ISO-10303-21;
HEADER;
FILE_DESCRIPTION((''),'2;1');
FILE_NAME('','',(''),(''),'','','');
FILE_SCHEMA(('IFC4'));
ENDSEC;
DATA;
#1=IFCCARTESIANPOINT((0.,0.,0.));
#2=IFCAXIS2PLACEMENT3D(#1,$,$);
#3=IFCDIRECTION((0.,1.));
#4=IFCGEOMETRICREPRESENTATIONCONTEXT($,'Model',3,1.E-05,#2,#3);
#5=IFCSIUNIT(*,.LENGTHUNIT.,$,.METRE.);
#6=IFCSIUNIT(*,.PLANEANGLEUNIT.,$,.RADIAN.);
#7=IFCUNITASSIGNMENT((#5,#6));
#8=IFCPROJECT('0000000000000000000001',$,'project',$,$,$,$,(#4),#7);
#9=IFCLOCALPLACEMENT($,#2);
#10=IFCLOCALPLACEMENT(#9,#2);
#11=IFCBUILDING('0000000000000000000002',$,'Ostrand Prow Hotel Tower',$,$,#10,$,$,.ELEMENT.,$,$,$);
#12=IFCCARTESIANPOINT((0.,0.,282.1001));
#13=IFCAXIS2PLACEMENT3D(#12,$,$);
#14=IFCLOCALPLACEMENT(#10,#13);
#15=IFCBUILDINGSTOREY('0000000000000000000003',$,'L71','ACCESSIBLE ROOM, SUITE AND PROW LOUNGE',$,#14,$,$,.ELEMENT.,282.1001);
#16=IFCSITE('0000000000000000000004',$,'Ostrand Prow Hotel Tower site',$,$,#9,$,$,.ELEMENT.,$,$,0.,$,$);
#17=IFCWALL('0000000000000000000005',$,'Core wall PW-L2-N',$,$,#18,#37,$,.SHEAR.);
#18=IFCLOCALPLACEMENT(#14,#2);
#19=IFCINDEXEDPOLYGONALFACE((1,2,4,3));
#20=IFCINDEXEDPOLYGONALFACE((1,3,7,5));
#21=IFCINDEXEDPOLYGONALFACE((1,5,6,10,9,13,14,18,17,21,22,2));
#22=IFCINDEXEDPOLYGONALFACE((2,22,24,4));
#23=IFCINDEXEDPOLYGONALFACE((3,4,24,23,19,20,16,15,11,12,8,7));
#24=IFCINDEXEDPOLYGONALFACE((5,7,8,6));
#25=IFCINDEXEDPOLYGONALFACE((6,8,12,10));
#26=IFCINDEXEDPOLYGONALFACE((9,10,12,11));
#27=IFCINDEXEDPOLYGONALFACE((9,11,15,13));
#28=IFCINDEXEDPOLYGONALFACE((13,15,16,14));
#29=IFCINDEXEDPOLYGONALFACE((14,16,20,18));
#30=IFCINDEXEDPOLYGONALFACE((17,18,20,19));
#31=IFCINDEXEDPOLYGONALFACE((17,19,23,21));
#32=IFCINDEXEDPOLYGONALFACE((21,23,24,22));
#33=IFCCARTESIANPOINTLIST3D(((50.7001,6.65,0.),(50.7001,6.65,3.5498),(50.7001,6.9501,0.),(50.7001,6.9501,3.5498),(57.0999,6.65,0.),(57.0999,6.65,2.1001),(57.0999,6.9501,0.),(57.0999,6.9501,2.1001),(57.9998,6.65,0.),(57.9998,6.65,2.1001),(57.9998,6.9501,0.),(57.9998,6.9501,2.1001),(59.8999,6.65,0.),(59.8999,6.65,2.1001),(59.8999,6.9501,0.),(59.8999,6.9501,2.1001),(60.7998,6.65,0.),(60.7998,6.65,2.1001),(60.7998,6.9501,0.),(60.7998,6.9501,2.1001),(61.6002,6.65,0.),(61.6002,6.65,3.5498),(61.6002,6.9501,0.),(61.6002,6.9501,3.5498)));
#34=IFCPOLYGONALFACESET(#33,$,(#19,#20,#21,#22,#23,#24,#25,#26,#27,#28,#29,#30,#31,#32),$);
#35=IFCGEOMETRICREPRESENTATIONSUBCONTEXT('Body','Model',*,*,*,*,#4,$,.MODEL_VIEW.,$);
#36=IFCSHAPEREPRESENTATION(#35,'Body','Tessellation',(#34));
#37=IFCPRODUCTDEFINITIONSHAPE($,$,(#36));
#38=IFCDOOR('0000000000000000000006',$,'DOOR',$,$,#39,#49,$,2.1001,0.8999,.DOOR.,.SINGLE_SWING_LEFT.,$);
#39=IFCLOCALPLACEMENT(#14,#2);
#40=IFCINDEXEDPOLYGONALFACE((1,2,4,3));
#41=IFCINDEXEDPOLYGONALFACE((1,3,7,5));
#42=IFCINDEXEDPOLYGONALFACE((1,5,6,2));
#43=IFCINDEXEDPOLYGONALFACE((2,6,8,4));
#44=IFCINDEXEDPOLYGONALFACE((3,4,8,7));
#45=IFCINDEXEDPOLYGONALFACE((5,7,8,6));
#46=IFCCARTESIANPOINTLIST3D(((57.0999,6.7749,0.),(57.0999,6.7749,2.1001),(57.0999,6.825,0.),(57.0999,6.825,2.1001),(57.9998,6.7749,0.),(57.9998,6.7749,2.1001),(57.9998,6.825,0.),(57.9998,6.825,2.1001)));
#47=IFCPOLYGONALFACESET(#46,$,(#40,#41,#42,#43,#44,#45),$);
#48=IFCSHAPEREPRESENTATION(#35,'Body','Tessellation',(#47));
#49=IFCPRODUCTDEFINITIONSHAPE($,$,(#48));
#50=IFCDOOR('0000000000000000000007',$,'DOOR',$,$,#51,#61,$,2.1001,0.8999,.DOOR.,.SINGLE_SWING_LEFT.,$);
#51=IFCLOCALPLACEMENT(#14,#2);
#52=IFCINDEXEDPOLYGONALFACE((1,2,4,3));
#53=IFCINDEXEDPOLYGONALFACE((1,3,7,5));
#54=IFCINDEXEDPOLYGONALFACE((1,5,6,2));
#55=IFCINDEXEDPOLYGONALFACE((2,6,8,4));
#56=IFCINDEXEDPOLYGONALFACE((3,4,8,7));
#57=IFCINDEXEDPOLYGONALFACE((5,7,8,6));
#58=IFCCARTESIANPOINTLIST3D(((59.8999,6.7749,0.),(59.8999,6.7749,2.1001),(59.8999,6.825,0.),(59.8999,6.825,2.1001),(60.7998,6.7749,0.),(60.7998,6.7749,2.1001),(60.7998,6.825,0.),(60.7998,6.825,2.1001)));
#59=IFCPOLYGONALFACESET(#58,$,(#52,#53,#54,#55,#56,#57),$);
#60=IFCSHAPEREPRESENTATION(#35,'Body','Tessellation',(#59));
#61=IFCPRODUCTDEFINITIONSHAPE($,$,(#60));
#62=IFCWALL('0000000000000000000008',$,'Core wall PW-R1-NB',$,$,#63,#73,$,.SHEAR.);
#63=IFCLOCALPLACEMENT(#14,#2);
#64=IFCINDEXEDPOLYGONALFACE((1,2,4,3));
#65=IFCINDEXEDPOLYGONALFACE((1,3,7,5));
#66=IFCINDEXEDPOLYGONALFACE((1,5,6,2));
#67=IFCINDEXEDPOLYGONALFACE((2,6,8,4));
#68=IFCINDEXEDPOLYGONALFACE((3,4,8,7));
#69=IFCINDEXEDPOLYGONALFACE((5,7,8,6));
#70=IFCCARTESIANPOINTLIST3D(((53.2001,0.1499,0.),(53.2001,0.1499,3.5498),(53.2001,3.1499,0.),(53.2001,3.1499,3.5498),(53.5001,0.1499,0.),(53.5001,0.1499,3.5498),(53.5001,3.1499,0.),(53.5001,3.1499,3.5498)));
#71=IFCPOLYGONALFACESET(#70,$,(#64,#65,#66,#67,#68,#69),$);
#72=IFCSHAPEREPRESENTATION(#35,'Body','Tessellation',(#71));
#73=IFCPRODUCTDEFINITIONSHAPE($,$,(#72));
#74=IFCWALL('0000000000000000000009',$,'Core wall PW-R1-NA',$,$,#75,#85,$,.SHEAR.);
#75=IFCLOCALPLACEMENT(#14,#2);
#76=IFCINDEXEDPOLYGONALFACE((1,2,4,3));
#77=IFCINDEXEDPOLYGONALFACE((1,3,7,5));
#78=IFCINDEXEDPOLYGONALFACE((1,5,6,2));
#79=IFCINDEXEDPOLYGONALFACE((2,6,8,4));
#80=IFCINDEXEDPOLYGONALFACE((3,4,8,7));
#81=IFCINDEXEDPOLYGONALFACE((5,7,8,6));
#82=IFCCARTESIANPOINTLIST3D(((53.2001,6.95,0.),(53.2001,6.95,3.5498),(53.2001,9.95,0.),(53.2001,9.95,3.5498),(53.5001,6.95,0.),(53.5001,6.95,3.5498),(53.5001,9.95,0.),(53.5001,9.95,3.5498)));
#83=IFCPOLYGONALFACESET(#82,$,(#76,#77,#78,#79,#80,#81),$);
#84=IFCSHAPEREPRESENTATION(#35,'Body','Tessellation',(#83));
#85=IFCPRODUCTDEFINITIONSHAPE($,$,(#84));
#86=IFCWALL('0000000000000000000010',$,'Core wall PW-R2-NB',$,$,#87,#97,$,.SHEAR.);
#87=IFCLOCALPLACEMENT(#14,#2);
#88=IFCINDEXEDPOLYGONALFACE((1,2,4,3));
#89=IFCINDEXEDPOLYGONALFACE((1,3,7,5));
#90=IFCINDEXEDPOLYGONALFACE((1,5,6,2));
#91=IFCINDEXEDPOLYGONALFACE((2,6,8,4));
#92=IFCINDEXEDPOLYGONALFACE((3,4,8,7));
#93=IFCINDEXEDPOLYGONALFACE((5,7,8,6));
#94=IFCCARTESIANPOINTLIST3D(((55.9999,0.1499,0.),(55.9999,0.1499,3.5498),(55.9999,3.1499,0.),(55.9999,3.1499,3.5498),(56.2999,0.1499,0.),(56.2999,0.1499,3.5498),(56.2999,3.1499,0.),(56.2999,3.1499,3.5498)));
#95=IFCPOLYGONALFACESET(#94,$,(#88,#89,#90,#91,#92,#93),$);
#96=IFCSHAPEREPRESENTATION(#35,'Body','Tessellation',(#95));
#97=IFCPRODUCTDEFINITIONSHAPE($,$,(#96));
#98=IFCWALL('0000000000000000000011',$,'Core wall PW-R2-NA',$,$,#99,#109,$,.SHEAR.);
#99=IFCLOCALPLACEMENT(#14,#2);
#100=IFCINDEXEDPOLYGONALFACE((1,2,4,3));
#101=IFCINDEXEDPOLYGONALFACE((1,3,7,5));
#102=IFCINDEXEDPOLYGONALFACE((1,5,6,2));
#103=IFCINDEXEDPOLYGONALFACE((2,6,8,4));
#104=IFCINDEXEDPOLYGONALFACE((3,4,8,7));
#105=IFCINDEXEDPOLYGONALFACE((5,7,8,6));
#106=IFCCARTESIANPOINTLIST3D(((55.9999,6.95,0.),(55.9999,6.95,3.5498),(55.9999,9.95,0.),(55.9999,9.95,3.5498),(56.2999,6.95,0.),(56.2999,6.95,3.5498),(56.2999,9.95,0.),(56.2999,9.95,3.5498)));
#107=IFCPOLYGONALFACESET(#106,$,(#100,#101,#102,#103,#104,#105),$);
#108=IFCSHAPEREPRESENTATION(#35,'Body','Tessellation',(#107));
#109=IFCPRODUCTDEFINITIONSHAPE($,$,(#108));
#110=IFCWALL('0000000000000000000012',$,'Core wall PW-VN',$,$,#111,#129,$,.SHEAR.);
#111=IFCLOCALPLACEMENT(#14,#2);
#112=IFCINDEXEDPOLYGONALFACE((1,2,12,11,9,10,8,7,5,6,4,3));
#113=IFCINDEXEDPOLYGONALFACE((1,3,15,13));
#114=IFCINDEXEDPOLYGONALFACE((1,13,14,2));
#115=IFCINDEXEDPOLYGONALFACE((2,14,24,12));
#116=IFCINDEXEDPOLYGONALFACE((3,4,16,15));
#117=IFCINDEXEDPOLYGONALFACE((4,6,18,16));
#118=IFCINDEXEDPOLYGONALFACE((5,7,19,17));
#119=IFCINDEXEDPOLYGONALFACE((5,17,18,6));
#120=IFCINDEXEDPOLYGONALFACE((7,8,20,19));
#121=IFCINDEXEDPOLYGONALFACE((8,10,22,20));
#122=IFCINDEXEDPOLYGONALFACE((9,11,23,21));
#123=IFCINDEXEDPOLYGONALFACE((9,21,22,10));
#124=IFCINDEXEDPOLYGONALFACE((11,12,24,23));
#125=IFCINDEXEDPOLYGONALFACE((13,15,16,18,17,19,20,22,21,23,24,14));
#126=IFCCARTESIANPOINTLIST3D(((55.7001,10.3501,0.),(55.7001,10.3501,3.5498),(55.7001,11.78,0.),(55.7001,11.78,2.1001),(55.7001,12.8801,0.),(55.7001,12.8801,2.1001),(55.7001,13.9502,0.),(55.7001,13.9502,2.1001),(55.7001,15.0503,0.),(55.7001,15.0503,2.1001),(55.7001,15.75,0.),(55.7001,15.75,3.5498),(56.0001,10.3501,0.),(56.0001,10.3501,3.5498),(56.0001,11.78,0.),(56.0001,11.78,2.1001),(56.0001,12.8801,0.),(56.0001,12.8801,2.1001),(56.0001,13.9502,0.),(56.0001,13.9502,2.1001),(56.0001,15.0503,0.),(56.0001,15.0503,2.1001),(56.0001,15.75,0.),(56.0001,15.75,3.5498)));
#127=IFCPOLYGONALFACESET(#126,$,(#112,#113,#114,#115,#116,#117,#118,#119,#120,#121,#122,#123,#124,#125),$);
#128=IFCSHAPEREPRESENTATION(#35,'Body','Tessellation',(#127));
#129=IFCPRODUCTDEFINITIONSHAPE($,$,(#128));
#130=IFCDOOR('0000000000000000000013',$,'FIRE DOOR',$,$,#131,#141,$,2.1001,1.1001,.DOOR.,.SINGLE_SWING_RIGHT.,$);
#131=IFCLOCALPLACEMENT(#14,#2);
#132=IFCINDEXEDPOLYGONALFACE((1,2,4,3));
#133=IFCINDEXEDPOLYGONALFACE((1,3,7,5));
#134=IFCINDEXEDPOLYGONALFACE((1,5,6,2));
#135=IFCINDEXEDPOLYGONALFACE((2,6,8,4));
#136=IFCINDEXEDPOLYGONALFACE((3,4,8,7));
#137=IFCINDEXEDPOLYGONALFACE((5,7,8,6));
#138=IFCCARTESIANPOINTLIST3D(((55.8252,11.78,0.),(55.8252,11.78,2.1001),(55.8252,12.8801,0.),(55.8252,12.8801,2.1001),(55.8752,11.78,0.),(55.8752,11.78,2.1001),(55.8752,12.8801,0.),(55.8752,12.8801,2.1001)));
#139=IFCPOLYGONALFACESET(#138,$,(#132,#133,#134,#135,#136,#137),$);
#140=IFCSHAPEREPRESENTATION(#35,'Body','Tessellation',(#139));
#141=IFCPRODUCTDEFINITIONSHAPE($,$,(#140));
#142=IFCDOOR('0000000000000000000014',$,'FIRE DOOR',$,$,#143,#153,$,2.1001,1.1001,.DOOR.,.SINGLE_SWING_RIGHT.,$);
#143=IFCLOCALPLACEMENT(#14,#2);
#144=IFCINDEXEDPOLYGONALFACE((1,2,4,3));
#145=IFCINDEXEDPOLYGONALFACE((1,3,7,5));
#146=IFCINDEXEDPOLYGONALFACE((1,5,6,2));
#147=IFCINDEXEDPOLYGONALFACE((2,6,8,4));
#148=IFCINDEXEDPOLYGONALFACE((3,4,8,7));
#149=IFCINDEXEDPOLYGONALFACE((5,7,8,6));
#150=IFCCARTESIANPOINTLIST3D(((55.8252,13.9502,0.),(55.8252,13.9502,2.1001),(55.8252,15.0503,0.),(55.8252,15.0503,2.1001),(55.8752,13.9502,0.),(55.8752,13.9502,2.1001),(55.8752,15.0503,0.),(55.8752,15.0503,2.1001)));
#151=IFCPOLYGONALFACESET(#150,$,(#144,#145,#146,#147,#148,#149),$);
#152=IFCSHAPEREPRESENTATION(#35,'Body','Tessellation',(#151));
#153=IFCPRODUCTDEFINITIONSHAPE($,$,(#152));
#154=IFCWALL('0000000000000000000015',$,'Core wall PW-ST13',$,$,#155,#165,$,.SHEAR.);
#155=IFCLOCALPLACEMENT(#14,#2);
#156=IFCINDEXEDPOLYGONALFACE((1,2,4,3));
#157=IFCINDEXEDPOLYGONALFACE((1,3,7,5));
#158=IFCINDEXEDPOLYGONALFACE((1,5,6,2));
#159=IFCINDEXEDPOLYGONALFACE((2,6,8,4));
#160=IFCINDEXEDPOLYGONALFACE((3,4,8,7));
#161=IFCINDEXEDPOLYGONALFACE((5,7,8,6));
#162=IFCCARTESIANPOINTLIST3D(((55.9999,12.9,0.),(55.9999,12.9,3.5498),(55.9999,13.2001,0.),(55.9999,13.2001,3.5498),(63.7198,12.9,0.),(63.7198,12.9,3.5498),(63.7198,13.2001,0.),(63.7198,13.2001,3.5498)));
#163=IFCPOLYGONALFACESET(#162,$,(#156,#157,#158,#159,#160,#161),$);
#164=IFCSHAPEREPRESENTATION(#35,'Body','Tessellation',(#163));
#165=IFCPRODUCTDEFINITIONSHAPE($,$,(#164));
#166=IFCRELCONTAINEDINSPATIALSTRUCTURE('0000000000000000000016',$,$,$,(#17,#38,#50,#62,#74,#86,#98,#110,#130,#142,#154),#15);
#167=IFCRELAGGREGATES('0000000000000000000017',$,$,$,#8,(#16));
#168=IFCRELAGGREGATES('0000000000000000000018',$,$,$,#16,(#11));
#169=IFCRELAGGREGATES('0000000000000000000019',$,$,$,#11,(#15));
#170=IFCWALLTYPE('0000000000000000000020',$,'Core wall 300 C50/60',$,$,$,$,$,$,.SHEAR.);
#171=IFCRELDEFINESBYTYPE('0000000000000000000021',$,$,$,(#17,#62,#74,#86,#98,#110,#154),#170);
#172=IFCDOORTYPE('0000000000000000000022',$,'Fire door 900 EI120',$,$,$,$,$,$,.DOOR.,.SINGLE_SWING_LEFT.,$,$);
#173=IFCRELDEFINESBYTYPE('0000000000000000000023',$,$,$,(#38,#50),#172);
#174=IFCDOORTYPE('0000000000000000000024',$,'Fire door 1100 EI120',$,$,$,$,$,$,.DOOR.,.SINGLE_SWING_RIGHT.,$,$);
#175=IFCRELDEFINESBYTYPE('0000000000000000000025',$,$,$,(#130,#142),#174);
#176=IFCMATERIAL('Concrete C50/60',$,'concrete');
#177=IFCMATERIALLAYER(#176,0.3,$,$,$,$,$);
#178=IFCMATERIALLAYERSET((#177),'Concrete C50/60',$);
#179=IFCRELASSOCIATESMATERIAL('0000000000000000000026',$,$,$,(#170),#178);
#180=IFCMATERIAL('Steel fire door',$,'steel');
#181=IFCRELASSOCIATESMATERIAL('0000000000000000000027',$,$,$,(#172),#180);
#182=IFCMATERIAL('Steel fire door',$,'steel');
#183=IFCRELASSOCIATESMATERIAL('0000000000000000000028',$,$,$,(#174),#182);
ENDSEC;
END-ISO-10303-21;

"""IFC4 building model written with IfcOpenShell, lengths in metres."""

from ifc_helpers import new_model, si_unit, direction, frame, frame_2d, origin, place, context, subcontext, project, spatial, rectangle, extrude, material, layer, layer_set, type_object, element, fill, save


model = new_model("IFC4")

# Units and contexts
model_context = context("Model", 3, precision=1e-05, world=origin(), true_north=direction((0.0, 1.0)))
body_context = subcontext(model_context, "Body", "Model", "MODEL_VIEW")
ifc_project = project(units=[si_unit("LENGTHUNIT", "METRE"), si_unit("PLANEANGLEUNIT", "RADIAN")], contexts=[model_context])

# Site, building, storey
site_placement = place(None, origin())
site = spatial("IfcSite", under=ifc_project, at=site_placement, Name="Ostrand Prow Hotel Tower site", CompositionType="ELEMENT", RefElevation=0.0)
building_placement = place(site_placement, origin())
building = spatial("IfcBuilding", under=site, at=building_placement, Name="Ostrand Prow Hotel Tower", CompositionType="ELEMENT")
storey_placement = place(building_placement, frame((0.0, 0.0, 282.1001)))
storey = spatial("IfcBuildingStorey", under=building, at=storey_placement, Name="L71", Description="ACCESSIBLE ROOM, SUITE AND PROW LOUNGE", CompositionType="ELEMENT", Elevation=282.1001)

# Wall, openings, doors
ifc_material_1 = material(Name="Concrete C50/60", Category="concrete")
ifc_layer_1 = layer(ifc_material_1, 0.3)
ifc_layer_set_1 = layer_set([ifc_layer_1], Name="Concrete C50/60")
wall_type_1 = type_object("IfcWallType", Name="Core wall 300 C50/60", PredefinedType="SHEAR", material=ifc_layer_set_1)
wall_1_placement = place(storey_placement, frame((50.7, 6.8, 0.0), z_axis=(0.0, 0.0, 1.0), x_axis=(1.0, 0.0, 0.0)))
wall_1 = element("IfcWall", 1, at=wall_1_placement, inside=storey, type_object=wall_type_1, Name="Core wall PW-L2-N", PredefinedType="SHEAR", context=body_context, shape_type="SweptSolid", body=[
    extrude(rectangle(XDim=10.9001, YDim=0.3, at=frame_2d((5.4502, 0.0))), origin(), (0.0, 0.0, 1.0), 3.5498),
])
opening_1_placement = place(wall_1_placement, frame((6.3999, 0.0, 0.0)))
opening_1 = element("IfcOpeningElement", 2, at=opening_1_placement, cuts=wall_1, PredefinedType="OPENING", context=body_context, shape_type="SweptSolid", body=[
    extrude(rectangle(XDim=0.8999, YDim=2.1001, at=frame_2d((0.45, 1.05))), frame((0.0, 0.1599, 0.0), z_axis=(0.0, -1.0, 0.0), x_axis=(1.0, 0.0, 0.0)), (0.0, 0.0, 1.0), 0.3201),
])
opening_2_placement = place(wall_1_placement, frame((9.2, 0.0, 0.0)))
opening_2 = element("IfcOpeningElement", 3, at=opening_2_placement, cuts=wall_1, PredefinedType="OPENING", context=body_context, shape_type="SweptSolid", body=[
    extrude(rectangle(XDim=0.8999, YDim=2.1001, at=frame_2d((0.45, 1.05))), frame((0.0, 0.1599, 0.0), z_axis=(0.0, -1.0, 0.0), x_axis=(1.0, 0.0, 0.0)), (0.0, 0.0, 1.0), 0.3201),
])
ifc_material_2 = material(Name="Steel fire door", Category="steel")
door_type_1 = type_object("IfcDoorType", Name="Fire door 900 EI120", OperationType="SINGLE_SWING_LEFT", PredefinedType="DOOR", material=ifc_material_2)
door_1_placement = place(opening_1_placement, origin())
door_1 = element("IfcDoor", 4, at=door_1_placement, inside=storey, type_object=door_type_1, Name="DOOR", OperationType="SINGLE_SWING_LEFT", OverallHeight=2.1001, OverallWidth=0.8999, PredefinedType="DOOR", context=body_context, shape_type="SweptSolid", body=[
    extrude(rectangle(XDim=0.8999, YDim=2.1001, at=frame_2d((0.45, 1.05))), frame((0.0, 0.0249, 0.0), z_axis=(0.0, -1.0, 0.0), x_axis=(1.0, 0.0, 0.0)), (0.0, 0.0, 1.0), 0.05),
])
fill(opening_1, door_1)
door_2_placement = place(opening_2_placement, origin())
door_2 = element("IfcDoor", 5, at=door_2_placement, inside=storey, type_object=door_type_1, Name="DOOR", OperationType="SINGLE_SWING_LEFT", OverallHeight=2.1001, OverallWidth=0.8999, PredefinedType="DOOR", context=body_context, shape_type="SweptSolid", body=[
    extrude(rectangle(XDim=0.8999, YDim=2.1001, at=frame_2d((0.45, 1.05))), frame((0.0, 0.0249, 0.0), z_axis=(0.0, -1.0, 0.0), x_axis=(1.0, 0.0, 0.0)), (0.0, 0.0, 1.0), 0.05),
])
fill(opening_2, door_2)

# Walls
for number, where, z_axis, x_axis, name in (
    (6, (53.3501, 0.1499, 0.0), (0.0, 0.0, 1.0), (0.0, 1.0, 0.0), "Core wall PW-R1-NB"),
    (7, (53.3501, 6.95, 0.0), (0.0, 0.0, 1.0), (0.0, 1.0, 0.0), "Core wall PW-R1-NA"),
    (8, (56.1499, 0.1499, 0.0), (0.0, 0.0, 1.0), (0.0, 1.0, 0.0), "Core wall PW-R2-NB"),
    (9, (56.1499, 6.95, 0.0), (0.0, 0.0, 1.0), (0.0, 1.0, 0.0), "Core wall PW-R2-NA"),
):
    element("IfcWall", number, at=place(storey_placement, frame(where, z_axis=z_axis, x_axis=x_axis)), inside=storey, type_object=wall_type_1, Name=name, PredefinedType="SHEAR", context=body_context, shape_type="SweptSolid", body=[
        extrude(rectangle(XDim=3.0, YDim=0.3, at=frame_2d((1.5, 0.0))), origin(), (0.0, 0.0, 1.0), 3.5498),
    ])

# Wall, openings, doors
wall_2_placement = place(storey_placement, frame((55.8501, 10.3501, 0.0), z_axis=(0.0, 0.0, 1.0), x_axis=(0.0, 1.0, 0.0)))
wall_2 = element("IfcWall", 10, at=wall_2_placement, inside=storey, type_object=wall_type_1, Name="Core wall PW-VN", PredefinedType="SHEAR", context=body_context, shape_type="SweptSolid", body=[
    extrude(rectangle(XDim=5.3999, YDim=0.3, at=frame_2d((2.7, 0.0))), origin(), (0.0, 0.0, 1.0), 3.5498),
])
opening_3_placement = place(wall_2_placement, frame((1.4299, 0.0, 0.0)))
opening_3 = element("IfcOpeningElement", 11, at=opening_3_placement, cuts=wall_2, PredefinedType="OPENING", context=body_context, shape_type="SweptSolid", body=[
    extrude(rectangle(XDim=1.1001, YDim=2.1001, at=frame_2d((0.55, 1.05))), frame((0.0, 0.1599, 0.0), z_axis=(0.0, -1.0, 0.0), x_axis=(1.0, 0.0, 0.0)), (0.0, 0.0, 1.0), 0.3201),
])
opening_4_placement = place(wall_2_placement, frame((3.6001, 0.0, 0.0)))
opening_4 = element("IfcOpeningElement", 12, at=opening_4_placement, cuts=wall_2, PredefinedType="OPENING", context=body_context, shape_type="SweptSolid", body=[
    extrude(rectangle(XDim=1.1001, YDim=2.1001, at=frame_2d((0.55, 1.05))), frame((0.0, 0.1599, 0.0), z_axis=(0.0, -1.0, 0.0), x_axis=(1.0, 0.0, 0.0)), (0.0, 0.0, 1.0), 0.3201),
])
ifc_material_3 = material(Name="Steel fire door", Category="steel")
door_type_2 = type_object("IfcDoorType", Name="Fire door 1100 EI120", OperationType="SINGLE_SWING_RIGHT", PredefinedType="DOOR", material=ifc_material_3)
door_3_placement = place(opening_3_placement, origin())
door_3 = element("IfcDoor", 13, at=door_3_placement, inside=storey, type_object=door_type_2, Name="FIRE DOOR", OperationType="SINGLE_SWING_RIGHT", OverallHeight=2.1001, OverallWidth=1.1001, PredefinedType="DOOR", context=body_context, shape_type="SweptSolid", body=[
    extrude(rectangle(XDim=1.1001, YDim=2.1001, at=frame_2d((0.55, 1.05))), frame((0.0, 0.0249, 0.0), z_axis=(0.0, -1.0, 0.0), x_axis=(1.0, 0.0, 0.0)), (0.0, 0.0, 1.0), 0.05),
])
fill(opening_3, door_3)
door_4_placement = place(opening_4_placement, origin())
door_4 = element("IfcDoor", 14, at=door_4_placement, inside=storey, type_object=door_type_2, Name="FIRE DOOR", OperationType="SINGLE_SWING_RIGHT", OverallHeight=2.1001, OverallWidth=1.1001, PredefinedType="DOOR", context=body_context, shape_type="SweptSolid", body=[
    extrude(rectangle(XDim=1.1001, YDim=2.1001, at=frame_2d((0.55, 1.05))), frame((0.0, 0.0249, 0.0), z_axis=(0.0, -1.0, 0.0), x_axis=(1.0, 0.0, 0.0)), (0.0, 0.0, 1.0), 0.05),
])
fill(opening_4, door_4)

# Wall
wall_3_placement = place(storey_placement, frame((56.0, 13.05, 0.0), z_axis=(0.0, 0.0, 1.0), x_axis=(1.0, 0.0, 0.0)))
element("IfcWall", 15, at=wall_3_placement, inside=storey, type_object=wall_type_1, Name="Core wall PW-ST13", PredefinedType="SHEAR", context=body_context, shape_type="SweptSolid", body=[
    extrude(rectangle(XDim=7.72, YDim=0.3, at=frame_2d((3.8599, 0.0))), origin(), (0.0, 0.0, 1.0), 3.5498),
])

save(model, "model.ifc")
